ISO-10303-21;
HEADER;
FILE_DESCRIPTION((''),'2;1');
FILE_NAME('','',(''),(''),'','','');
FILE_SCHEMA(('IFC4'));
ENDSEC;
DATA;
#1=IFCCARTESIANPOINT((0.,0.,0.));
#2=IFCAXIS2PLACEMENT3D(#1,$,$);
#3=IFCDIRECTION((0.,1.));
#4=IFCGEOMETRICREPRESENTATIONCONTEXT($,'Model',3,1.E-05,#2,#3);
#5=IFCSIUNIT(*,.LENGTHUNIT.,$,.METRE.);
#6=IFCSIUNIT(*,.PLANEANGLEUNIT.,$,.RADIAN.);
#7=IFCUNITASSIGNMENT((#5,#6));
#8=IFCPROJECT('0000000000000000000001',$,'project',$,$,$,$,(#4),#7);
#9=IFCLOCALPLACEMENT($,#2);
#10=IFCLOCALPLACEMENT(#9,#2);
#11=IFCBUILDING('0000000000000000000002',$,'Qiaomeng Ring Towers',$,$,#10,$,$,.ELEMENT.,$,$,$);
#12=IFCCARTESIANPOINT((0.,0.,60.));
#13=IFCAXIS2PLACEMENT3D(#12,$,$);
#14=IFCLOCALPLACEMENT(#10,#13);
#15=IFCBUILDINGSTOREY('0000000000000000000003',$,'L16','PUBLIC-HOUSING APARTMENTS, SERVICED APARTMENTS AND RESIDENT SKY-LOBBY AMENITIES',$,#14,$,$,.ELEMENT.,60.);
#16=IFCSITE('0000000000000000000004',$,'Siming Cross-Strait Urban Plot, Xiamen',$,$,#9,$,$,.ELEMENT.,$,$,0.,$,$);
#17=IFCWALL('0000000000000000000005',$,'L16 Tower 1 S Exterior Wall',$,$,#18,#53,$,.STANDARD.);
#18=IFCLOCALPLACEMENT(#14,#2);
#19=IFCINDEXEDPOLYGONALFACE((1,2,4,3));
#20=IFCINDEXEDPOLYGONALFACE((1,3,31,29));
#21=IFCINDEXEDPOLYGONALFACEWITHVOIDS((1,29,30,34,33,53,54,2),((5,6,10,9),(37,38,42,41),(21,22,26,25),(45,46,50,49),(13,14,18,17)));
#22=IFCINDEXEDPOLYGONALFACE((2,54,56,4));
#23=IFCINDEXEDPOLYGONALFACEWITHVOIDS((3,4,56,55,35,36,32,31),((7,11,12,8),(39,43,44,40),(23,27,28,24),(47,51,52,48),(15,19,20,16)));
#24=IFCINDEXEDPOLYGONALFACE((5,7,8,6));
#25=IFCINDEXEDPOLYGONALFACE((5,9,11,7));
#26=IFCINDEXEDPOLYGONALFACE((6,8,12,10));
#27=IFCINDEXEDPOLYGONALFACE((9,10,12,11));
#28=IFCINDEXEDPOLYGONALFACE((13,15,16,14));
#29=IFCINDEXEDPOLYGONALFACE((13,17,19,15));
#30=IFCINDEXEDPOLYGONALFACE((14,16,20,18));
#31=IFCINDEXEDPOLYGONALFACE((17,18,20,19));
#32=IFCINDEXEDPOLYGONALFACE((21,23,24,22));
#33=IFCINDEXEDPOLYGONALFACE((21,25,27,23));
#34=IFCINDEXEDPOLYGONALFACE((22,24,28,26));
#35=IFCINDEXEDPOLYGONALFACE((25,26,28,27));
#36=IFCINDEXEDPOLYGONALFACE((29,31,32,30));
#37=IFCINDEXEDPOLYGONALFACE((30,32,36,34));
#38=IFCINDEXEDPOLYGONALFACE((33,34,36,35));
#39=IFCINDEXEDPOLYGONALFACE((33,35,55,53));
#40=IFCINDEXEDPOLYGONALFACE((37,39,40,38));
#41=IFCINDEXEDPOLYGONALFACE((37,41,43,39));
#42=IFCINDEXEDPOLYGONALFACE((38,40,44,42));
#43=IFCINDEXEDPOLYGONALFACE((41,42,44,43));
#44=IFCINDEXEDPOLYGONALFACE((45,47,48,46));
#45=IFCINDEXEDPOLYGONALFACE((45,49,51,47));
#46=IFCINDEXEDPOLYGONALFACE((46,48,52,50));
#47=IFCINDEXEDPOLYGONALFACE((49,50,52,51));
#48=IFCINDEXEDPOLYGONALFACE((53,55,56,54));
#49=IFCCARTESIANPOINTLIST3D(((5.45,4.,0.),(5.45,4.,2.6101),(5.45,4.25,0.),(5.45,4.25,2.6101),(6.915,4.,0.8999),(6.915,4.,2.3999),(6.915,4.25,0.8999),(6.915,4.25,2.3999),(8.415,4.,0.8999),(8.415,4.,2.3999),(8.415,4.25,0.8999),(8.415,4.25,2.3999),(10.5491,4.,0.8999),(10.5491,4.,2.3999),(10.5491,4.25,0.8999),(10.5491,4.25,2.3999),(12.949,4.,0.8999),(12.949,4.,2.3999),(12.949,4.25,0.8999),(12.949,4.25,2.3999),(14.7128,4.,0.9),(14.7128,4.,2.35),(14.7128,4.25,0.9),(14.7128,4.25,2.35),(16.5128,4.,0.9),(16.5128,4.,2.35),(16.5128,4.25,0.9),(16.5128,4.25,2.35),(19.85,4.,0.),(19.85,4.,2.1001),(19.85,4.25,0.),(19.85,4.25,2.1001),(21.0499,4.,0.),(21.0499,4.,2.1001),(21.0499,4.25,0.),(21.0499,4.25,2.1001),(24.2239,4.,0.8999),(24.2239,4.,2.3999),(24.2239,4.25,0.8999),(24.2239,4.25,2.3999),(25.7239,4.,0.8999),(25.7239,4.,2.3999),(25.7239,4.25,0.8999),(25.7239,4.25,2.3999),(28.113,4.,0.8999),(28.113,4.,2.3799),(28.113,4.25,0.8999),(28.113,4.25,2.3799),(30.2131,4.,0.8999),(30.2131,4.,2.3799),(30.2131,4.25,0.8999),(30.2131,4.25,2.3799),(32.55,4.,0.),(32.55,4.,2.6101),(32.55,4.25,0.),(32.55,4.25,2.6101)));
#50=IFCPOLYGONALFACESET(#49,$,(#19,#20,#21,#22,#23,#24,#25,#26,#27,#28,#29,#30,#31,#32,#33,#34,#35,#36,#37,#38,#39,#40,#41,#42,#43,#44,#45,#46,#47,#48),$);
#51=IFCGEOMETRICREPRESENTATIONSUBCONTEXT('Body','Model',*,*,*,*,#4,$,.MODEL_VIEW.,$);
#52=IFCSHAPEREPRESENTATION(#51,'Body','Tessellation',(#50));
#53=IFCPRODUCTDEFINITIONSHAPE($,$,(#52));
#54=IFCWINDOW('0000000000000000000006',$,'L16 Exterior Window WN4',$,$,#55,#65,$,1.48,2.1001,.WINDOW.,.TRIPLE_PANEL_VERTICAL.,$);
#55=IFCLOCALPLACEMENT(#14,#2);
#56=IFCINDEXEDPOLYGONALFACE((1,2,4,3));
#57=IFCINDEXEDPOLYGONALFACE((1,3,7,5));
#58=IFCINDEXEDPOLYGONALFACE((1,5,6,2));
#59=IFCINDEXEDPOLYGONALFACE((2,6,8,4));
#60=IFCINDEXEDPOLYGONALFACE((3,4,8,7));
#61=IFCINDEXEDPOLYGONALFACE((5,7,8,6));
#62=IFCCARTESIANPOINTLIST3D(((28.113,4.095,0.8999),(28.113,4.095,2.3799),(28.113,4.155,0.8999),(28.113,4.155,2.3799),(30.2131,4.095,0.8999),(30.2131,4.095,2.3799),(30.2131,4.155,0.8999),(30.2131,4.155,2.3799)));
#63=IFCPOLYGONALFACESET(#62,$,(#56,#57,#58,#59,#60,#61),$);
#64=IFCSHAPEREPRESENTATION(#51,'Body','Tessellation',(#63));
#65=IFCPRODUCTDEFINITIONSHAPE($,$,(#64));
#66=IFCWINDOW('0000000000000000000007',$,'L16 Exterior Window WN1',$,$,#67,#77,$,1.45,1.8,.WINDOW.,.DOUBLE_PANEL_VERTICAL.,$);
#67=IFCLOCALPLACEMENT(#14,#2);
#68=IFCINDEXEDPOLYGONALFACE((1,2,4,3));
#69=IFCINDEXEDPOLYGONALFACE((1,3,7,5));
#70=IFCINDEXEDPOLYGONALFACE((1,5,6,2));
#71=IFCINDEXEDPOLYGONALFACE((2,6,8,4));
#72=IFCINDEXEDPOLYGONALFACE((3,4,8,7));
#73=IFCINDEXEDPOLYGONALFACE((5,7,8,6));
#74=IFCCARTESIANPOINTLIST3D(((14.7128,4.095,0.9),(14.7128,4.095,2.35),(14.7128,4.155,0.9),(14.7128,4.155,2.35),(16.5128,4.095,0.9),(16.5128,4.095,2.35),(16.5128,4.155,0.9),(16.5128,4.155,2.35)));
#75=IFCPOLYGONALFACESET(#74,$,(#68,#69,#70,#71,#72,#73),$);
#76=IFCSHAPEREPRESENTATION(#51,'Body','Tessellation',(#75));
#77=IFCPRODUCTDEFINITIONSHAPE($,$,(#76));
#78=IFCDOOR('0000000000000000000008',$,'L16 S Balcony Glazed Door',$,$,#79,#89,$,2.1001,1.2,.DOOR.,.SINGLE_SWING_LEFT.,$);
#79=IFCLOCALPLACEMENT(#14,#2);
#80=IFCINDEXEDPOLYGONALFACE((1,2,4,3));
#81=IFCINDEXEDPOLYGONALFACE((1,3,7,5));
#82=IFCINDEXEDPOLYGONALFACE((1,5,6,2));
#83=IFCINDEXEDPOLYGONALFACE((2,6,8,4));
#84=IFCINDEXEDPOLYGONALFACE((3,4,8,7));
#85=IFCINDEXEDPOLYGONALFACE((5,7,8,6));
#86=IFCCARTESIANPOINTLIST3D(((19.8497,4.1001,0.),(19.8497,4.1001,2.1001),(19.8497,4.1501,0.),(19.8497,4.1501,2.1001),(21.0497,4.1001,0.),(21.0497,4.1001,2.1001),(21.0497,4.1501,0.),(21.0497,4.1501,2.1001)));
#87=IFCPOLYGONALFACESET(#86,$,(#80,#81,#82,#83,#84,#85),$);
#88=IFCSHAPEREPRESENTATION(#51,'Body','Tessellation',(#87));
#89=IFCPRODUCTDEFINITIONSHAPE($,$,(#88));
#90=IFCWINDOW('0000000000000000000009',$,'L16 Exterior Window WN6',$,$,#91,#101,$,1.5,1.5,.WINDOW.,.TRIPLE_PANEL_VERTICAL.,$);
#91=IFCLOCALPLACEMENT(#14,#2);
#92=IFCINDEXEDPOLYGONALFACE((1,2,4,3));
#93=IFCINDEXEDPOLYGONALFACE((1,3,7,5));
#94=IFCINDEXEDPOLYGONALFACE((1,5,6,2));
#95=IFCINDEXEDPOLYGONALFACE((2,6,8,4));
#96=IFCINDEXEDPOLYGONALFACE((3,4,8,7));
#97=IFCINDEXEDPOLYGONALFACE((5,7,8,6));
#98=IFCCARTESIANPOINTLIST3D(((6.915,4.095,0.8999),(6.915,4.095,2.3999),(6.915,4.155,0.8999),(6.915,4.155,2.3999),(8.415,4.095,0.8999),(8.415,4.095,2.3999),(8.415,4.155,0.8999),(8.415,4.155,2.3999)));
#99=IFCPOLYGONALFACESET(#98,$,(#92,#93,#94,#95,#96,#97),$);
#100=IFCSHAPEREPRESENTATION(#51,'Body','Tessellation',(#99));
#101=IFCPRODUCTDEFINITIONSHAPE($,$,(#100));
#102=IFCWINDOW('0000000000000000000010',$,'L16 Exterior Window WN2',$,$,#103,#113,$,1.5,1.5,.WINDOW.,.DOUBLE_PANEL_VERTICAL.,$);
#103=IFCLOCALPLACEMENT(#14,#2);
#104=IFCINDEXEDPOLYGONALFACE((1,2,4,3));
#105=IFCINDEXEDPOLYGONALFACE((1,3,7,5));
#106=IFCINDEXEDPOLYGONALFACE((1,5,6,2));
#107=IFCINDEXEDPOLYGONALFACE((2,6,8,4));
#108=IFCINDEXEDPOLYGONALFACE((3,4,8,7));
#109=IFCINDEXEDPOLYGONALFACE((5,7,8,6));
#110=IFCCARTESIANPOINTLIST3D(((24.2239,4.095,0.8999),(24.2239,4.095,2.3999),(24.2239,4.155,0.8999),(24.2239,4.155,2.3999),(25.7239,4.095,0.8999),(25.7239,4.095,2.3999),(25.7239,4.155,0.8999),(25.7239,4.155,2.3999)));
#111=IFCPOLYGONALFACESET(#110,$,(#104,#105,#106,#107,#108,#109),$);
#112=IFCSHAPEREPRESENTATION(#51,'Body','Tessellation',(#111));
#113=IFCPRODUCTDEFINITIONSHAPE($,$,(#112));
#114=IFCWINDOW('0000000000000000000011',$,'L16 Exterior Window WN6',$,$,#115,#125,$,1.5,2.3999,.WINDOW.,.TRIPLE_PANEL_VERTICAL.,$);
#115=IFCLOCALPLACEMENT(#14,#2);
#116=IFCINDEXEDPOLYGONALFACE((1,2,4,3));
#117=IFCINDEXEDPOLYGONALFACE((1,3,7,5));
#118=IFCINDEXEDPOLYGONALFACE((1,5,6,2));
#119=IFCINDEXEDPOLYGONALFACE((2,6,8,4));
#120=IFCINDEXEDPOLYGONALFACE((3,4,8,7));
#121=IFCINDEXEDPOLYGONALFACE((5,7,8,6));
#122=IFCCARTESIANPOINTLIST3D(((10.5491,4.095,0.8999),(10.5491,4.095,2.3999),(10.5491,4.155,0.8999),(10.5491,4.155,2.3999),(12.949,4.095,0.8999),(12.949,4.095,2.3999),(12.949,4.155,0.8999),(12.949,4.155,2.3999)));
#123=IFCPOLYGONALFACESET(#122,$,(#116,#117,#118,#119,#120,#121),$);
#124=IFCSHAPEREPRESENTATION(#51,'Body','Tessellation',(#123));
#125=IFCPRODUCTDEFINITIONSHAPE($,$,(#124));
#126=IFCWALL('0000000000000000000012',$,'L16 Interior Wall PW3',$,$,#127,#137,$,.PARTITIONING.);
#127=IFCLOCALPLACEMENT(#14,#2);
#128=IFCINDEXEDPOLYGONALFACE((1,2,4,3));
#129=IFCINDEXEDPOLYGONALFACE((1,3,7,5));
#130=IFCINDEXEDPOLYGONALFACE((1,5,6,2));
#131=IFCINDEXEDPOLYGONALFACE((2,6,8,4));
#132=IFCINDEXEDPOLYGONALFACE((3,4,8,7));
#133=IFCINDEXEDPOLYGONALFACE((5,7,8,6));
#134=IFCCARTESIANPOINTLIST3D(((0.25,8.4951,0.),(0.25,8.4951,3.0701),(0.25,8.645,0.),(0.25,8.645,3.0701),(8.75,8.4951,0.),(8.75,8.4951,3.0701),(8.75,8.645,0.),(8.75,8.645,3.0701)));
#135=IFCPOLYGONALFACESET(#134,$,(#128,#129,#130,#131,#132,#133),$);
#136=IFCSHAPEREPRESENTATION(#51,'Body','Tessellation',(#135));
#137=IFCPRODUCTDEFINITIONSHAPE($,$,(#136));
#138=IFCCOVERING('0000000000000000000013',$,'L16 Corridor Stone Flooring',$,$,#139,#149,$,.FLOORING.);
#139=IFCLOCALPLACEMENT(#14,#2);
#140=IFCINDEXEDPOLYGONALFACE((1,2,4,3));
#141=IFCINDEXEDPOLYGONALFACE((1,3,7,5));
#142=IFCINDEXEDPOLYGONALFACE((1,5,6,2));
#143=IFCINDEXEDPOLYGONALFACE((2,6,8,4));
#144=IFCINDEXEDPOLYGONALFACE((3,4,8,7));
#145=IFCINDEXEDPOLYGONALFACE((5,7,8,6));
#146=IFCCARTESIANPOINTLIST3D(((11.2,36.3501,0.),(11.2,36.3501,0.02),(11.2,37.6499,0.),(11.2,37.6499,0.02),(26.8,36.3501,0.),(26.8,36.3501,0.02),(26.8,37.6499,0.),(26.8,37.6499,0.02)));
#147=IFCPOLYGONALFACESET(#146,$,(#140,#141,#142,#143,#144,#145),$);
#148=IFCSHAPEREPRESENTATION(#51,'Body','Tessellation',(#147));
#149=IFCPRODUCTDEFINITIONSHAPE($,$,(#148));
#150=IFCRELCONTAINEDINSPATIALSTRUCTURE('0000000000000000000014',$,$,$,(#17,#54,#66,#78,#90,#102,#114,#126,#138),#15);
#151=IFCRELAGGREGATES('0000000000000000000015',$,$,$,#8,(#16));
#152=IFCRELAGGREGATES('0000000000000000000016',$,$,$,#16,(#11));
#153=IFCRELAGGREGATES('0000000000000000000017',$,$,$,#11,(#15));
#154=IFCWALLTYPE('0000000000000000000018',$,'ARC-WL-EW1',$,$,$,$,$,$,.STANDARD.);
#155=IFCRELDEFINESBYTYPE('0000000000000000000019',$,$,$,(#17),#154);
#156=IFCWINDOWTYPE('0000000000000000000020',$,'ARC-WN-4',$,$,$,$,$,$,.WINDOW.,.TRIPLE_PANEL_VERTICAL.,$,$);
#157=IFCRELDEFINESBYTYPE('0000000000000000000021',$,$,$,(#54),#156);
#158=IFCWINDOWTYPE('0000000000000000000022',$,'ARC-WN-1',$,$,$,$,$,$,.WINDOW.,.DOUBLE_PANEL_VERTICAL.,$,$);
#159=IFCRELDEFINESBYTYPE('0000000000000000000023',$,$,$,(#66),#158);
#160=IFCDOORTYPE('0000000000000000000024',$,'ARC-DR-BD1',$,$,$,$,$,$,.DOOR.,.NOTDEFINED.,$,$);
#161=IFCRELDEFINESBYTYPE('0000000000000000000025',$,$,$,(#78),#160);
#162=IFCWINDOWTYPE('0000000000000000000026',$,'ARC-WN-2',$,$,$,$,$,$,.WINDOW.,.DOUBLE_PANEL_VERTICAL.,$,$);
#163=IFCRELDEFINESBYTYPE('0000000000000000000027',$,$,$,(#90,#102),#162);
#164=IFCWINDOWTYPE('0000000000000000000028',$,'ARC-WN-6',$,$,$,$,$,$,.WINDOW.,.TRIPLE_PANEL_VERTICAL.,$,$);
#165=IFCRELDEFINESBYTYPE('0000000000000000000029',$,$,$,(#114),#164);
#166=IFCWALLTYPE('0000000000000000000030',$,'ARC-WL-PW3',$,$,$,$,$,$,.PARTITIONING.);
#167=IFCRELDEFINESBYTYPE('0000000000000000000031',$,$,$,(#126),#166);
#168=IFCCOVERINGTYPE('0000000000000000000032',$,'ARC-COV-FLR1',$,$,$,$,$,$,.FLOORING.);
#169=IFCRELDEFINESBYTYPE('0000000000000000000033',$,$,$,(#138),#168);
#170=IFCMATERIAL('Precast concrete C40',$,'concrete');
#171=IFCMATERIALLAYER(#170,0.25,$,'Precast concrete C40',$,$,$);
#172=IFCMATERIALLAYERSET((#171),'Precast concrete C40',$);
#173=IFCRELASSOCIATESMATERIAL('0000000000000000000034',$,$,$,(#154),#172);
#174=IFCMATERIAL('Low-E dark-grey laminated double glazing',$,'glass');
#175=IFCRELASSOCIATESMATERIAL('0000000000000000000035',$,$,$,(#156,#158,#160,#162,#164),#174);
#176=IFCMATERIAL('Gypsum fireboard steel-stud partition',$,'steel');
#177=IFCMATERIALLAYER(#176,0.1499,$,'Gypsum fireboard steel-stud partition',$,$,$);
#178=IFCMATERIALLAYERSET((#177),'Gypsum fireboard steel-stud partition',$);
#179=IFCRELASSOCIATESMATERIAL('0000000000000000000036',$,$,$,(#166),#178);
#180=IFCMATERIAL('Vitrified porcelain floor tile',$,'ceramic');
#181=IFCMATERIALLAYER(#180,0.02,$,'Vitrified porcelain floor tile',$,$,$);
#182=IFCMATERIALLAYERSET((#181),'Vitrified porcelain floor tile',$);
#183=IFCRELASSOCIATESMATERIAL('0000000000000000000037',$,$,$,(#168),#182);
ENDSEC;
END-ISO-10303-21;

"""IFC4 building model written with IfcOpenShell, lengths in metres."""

from ifc_helpers import new_model, si_unit, direction, frame, frame_2d, origin, place, context, subcontext, project, spatial, polyline, rectangle, outline, extrude, source, transform, mapped, material, layer, layer_set, type_object, element, fill, save


model = new_model("IFC4")

# Units and contexts
model_context = context("Model", 3, precision=1e-05, world=origin(), true_north=direction((0.0, 1.0)))
body_context = subcontext(model_context, "Body", "Model", "MODEL_VIEW")
ifc_project = project(units=[si_unit("LENGTHUNIT", "METRE"), si_unit("PLANEANGLEUNIT", "RADIAN")], contexts=[model_context])

# Site, building, storey
site_placement = place(None, origin())
site = spatial("IfcSite", under=ifc_project, at=site_placement, Name="Siming Cross-Strait Urban Plot, Xiamen", CompositionType="ELEMENT", RefElevation=0.0)
building_placement = place(site_placement, origin())
building = spatial("IfcBuilding", under=site, at=building_placement, Name="Qiaomeng Ring Towers", CompositionType="ELEMENT")
storey_placement = place(building_placement, frame((0.0, 0.0, 60.0)))
storey = spatial("IfcBuildingStorey", under=building, at=storey_placement, Name="L16", Description="PUBLIC-HOUSING APARTMENTS, SERVICED APARTMENTS AND RESIDENT SKY-LOBBY AMENITIES", CompositionType="ELEMENT", Elevation=60.0)

# Shared definitions
ifc_material_1 = material(Name="Low-E dark-grey laminated double glazing", Category="glass")

# Wall, openings, windows, door
ifc_material_2 = material(Name="Precast concrete C40", Category="concrete")
ifc_layer_1 = layer(ifc_material_2, 0.25, Name="Precast concrete C40")
ifc_layer_set_1 = layer_set([ifc_layer_1], Name="Precast concrete C40")
wall_type_1 = type_object("IfcWallType", Name="ARC-WL-EW1", PredefinedType="STANDARD", material=ifc_layer_set_1)
wall_1_placement = place(storey_placement, frame((5.45, 4.125, 0.0), z_axis=(0.0, 0.0, 1.0), x_axis=(1.0, 0.0, 0.0)))
wall_1 = element("IfcWall", 1, at=wall_1_placement, inside=storey, type_object=wall_type_1, Name="L16 Tower 1 S Exterior Wall", PredefinedType="STANDARD", context=body_context, shape_type="SweptSolid", body=[
    extrude(rectangle(XDim=27.1001, YDim=0.25, at=frame_2d((13.55, 0.0))), origin(), (0.0, 0.0, 1.0), 2.6101),
])
opening_1_placement = place(wall_1_placement, frame((14.3999, 0.0, 0.0)))
opening_1 = element("IfcOpeningElement", 2, at=opening_1_placement, cuts=wall_1, PredefinedType="OPENING", context=body_context, shape_type="SweptSolid", body=[
    extrude(rectangle(XDim=1.2, YDim=2.1001, at=frame_2d((0.6001, 1.05))), frame((0.0, 0.135, 0.0), z_axis=(0.0, -1.0, 0.0), x_axis=(1.0, 0.0, 0.0)), (0.0, 0.0, 1.0), 0.27),
])
opening_2_placement = place(wall_1_placement, frame((1.4651, 0.0, 0.8999)))
opening_2 = element("IfcOpeningElement", 3, at=opening_2_placement, cuts=wall_1, PredefinedType="OPENING", context=body_context, shape_type="SweptSolid", body=[
    extrude(rectangle(XDim=1.5, YDim=1.5, at=frame_2d((0.75, 0.75))), frame((0.0, 0.135, 0.0), z_axis=(0.0, -1.0, 0.0), x_axis=(1.0, 0.0, 0.0)), (0.0, 0.0, 1.0), 0.27),
])
opening_3_placement = place(wall_1_placement, frame((9.2629, 0.0, 0.8999)))
opening_3 = element("IfcOpeningElement", 4, at=opening_3_placement, cuts=wall_1, PredefinedType="OPENING", context=body_context, shape_type="SweptSolid", body=[
    extrude(rectangle(XDim=1.8, YDim=1.45, at=frame_2d((0.8999, 0.7251))), frame((0.0, 0.135, 0.0), z_axis=(0.0, -1.0, 0.0), x_axis=(1.0, 0.0, 0.0)), (0.0, 0.0, 1.0), 0.27),
])
opening_4_placement = place(wall_1_placement, frame((18.7739, 0.0, 0.8999)))
opening_4 = element("IfcOpeningElement", 5, at=opening_4_placement, cuts=wall_1, PredefinedType="OPENING", context=body_context, shape_type="SweptSolid", body=[
    extrude(rectangle(XDim=1.5, YDim=1.5, at=frame_2d((0.75, 0.75))), frame((0.0, 0.135, 0.0), z_axis=(0.0, -1.0, 0.0), x_axis=(1.0, 0.0, 0.0)), (0.0, 0.0, 1.0), 0.27),
])
opening_5_placement = place(wall_1_placement, frame((22.6631, 0.0, 0.8999)))
opening_5 = element("IfcOpeningElement", 6, at=opening_5_placement, cuts=wall_1, PredefinedType="OPENING", context=body_context, shape_type="SweptSolid", body=[
    extrude(rectangle(XDim=2.1001, YDim=1.48, at=frame_2d((1.05, 0.74))), frame((0.0, 0.135, 0.0), z_axis=(0.0, -1.0, 0.0), x_axis=(1.0, 0.0, 0.0)), (0.0, 0.0, 1.0), 0.27),
])
opening_6_placement = place(wall_1_placement, frame((5.0991, 0.0, 0.8999)))
opening_6 = element("IfcOpeningElement", 7, at=opening_6_placement, cuts=wall_1, PredefinedType="OPENING", context=body_context, shape_type="SweptSolid", body=[
    extrude(rectangle(XDim=2.3999, YDim=1.5, at=frame_2d((1.2, 0.75))), frame((0.0, 0.135, 0.0), z_axis=(0.0, -1.0, 0.0), x_axis=(1.0, 0.0, 0.0)), (0.0, 0.0, 1.0), 0.27),
])
window_type_1 = type_object("IfcWindowType", Name="ARC-WN-4", PartitioningType="TRIPLE_PANEL_VERTICAL", PredefinedType="WINDOW", material=ifc_material_1)
shared_shape_1 = source(origin(), body_context, "Body", "SweptSolid", [
    extrude(rectangle(XDim=2.1001, YDim=1.48, at=frame_2d((1.05, 0.74))), frame((0.0, 0.03, 0.0), z_axis=(0.0, -1.0, 0.0), x_axis=(1.0, 0.0, 0.0)), (0.0, 0.0, 1.0), 0.0601),
])
window_1_placement = place(opening_5_placement, origin())
window_1 = element("IfcWindow", 8, at=window_1_placement, inside=storey, type_object=window_type_1, Name="L16 Exterior Window WN4", OverallHeight=1.48, OverallWidth=2.1001, PartitioningType="TRIPLE_PANEL_VERTICAL", PredefinedType="WINDOW", context=body_context, shape_type="MappedRepresentation", body=[
    mapped(shared_shape_1, transform((0.0, 0.0, 0.0), x_axis=(1.0, 0.0, 0.0), y_axis=(0.0, 1.0, 0.0), z_axis=(0.0, 0.0, 1.0), scale=1.0)),
])
fill(opening_5, window_1)
window_type_2 = type_object("IfcWindowType", Name="ARC-WN-1", PartitioningType="DOUBLE_PANEL_VERTICAL", PredefinedType="WINDOW", material=ifc_material_1)
shared_shape_2 = source(origin(), body_context, "Body", "SweptSolid", [
    extrude(rectangle(XDim=1.8, YDim=1.45, at=frame_2d((0.8999, 0.7251))), frame((0.0, 0.03, 0.0), z_axis=(0.0, -1.0, 0.0), x_axis=(1.0, 0.0, 0.0)), (0.0, 0.0, 1.0), 0.0601),
])
window_2_placement = place(opening_3_placement, origin())
window_2 = element("IfcWindow", 9, at=window_2_placement, inside=storey, type_object=window_type_2, Name="L16 Exterior Window WN1", OverallHeight=1.45, OverallWidth=1.8, PartitioningType="DOUBLE_PANEL_VERTICAL", PredefinedType="WINDOW", context=body_context, shape_type="MappedRepresentation", body=[
    mapped(shared_shape_2, transform((0.0, 0.0, 0.0), x_axis=(1.0, 0.0, 0.0), y_axis=(0.0, 1.0, 0.0), z_axis=(0.0, 0.0, 1.0), scale=1.0)),
])
fill(opening_3, window_2)
door_type = type_object("IfcDoorType", Name="ARC-DR-BD1", OperationType="NOTDEFINED", PredefinedType="DOOR", material=ifc_material_1)
shared_shape_3 = source(origin(), body_context, "Body", "SweptSolid", [
    extrude(rectangle(XDim=1.2, YDim=2.1001, at=frame_2d((0.6001, 1.05))), frame((0.0, 0.0249, 0.0), z_axis=(0.0, -1.0, 0.0), x_axis=(1.0, 0.0, 0.0)), (0.0, 0.0, 1.0), 0.05),
])
door_placement = place(opening_1_placement, frame((1.2, 0.0, 0.0), z_axis=(0.0, 0.0, 1.0), x_axis=(-1.0, 0.0, 0.0)))
door = element("IfcDoor", 10, at=door_placement, inside=storey, type_object=door_type, Name="L16 S Balcony Glazed Door", OperationType="SINGLE_SWING_LEFT", OverallHeight=2.1001, OverallWidth=1.2, PredefinedType="DOOR", context=body_context, shape_type="MappedRepresentation", body=[
    mapped(shared_shape_3, transform((0.0, 0.0, 0.0), x_axis=(1.0, 0.0, 0.0), y_axis=(0.0, 1.0, 0.0), z_axis=(0.0, 0.0, 1.0), scale=1.0)),
])
fill(opening_1, door)
window_type_3 = type_object("IfcWindowType", Name="ARC-WN-2", PartitioningType="DOUBLE_PANEL_VERTICAL", PredefinedType="WINDOW", material=ifc_material_1)
shared_shape_4 = source(origin(), body_context, "Body", "SweptSolid", [
    extrude(rectangle(XDim=1.5, YDim=1.5, at=frame_2d((0.75, 0.75))), frame((0.0, 0.03, 0.0), z_axis=(0.0, -1.0, 0.0), x_axis=(1.0, 0.0, 0.0)), (0.0, 0.0, 1.0), 0.0601),
])
window_3_placement = place(opening_2_placement, origin())
window_3 = element("IfcWindow", 11, at=window_3_placement, inside=storey, type_object=window_type_3, Name="L16 Exterior Window WN6", OverallHeight=1.5, OverallWidth=1.5, PartitioningType="TRIPLE_PANEL_VERTICAL", PredefinedType="WINDOW", context=body_context, shape_type="MappedRepresentation", body=[
    mapped(shared_shape_4, transform((0.0, 0.0, 0.0), x_axis=(1.0, 0.0, 0.0), y_axis=(0.0, 1.0, 0.0), z_axis=(0.0, 0.0, 1.0), scale=1.0)),
])
fill(opening_2, window_3)
window_4_placement = place(opening_4_placement, origin())
window_4 = element("IfcWindow", 12, at=window_4_placement, inside=storey, type_object=window_type_3, Name="L16 Exterior Window WN2", OverallHeight=1.5, OverallWidth=1.5, PartitioningType="DOUBLE_PANEL_VERTICAL", PredefinedType="WINDOW", context=body_context, shape_type="MappedRepresentation", body=[
    mapped(shared_shape_4, transform((0.0, 0.0, 0.0), x_axis=(1.0, 0.0, 0.0), y_axis=(0.0, 1.0, 0.0), z_axis=(0.0, 0.0, 1.0), scale=1.0)),
])
fill(opening_4, window_4)
window_type_4 = type_object("IfcWindowType", Name="ARC-WN-6", PartitioningType="TRIPLE_PANEL_VERTICAL", PredefinedType="WINDOW", material=ifc_material_1)
shared_shape_5 = source(origin(), body_context, "Body", "SweptSolid", [
    extrude(rectangle(XDim=2.3999, YDim=1.5, at=frame_2d((1.2, 0.75))), frame((0.0, 0.03, 0.0), z_axis=(0.0, -1.0, 0.0), x_axis=(1.0, 0.0, 0.0)), (0.0, 0.0, 1.0), 0.0601),
])
window_5_placement = place(opening_6_placement, origin())
window_5 = element("IfcWindow", 13, at=window_5_placement, inside=storey, type_object=window_type_4, Name="L16 Exterior Window WN6", OverallHeight=1.5, OverallWidth=2.3999, PartitioningType="TRIPLE_PANEL_VERTICAL", PredefinedType="WINDOW", context=body_context, shape_type="MappedRepresentation", body=[
    mapped(shared_shape_5, transform((0.0, 0.0, 0.0), x_axis=(1.0, 0.0, 0.0), y_axis=(0.0, 1.0, 0.0), z_axis=(0.0, 0.0, 1.0), scale=1.0)),
])
fill(opening_6, window_5)

# Wall
ifc_material_3 = material(Name="Gypsum fireboard steel-stud partition", Category="steel")
ifc_layer_2 = layer(ifc_material_3, 0.1499, Name="Gypsum fireboard steel-stud partition")
ifc_layer_set_2 = layer_set([ifc_layer_2], Name="Gypsum fireboard steel-stud partition")
wall_type_2 = type_object("IfcWallType", Name="ARC-WL-PW3", PredefinedType="PARTITIONING", material=ifc_layer_set_2)
wall_2_placement = place(storey_placement, frame((0.25, 8.5701, 0.0), z_axis=(0.0, 0.0, 1.0), x_axis=(1.0, 0.0, 0.0)))
element("IfcWall", 14, at=wall_2_placement, inside=storey, type_object=wall_type_2, Name="L16 Interior Wall PW3", PredefinedType="PARTITIONING", context=body_context, shape_type="SweptSolid", body=[
    extrude(rectangle(XDim=8.5, YDim=0.1499, at=frame_2d((4.25, 0.0))), origin(), (0.0, 0.0, 1.0), 3.0701),
])

# Covering
ifc_material_4 = material(Name="Vitrified porcelain floor tile", Category="ceramic")
ifc_layer_3 = layer(ifc_material_4, 0.02, Name="Vitrified porcelain floor tile")
ifc_layer_set_3 = layer_set([ifc_layer_3], Name="Vitrified porcelain floor tile")
covering_type = type_object("IfcCoveringType", Name="ARC-COV-FLR1", PredefinedType="FLOORING", material=ifc_layer_set_3)
covering_placement = place(storey_placement, origin())
element("IfcCovering", 15, at=covering_placement, inside=storey, type_object=covering_type, Name="L16 Corridor Stone Flooring", PredefinedType="FLOORING", context=body_context, shape_type="SweptSolid", body=[
    extrude(outline(polyline([(11.2, 36.3501), (11.2, 37.6499), (26.8, 37.6499), (26.8, 36.3501), (11.2, 36.3501)])), origin(), (0.0, 0.0, 1.0), 0.02),
])

save(model, "model.ifc")
